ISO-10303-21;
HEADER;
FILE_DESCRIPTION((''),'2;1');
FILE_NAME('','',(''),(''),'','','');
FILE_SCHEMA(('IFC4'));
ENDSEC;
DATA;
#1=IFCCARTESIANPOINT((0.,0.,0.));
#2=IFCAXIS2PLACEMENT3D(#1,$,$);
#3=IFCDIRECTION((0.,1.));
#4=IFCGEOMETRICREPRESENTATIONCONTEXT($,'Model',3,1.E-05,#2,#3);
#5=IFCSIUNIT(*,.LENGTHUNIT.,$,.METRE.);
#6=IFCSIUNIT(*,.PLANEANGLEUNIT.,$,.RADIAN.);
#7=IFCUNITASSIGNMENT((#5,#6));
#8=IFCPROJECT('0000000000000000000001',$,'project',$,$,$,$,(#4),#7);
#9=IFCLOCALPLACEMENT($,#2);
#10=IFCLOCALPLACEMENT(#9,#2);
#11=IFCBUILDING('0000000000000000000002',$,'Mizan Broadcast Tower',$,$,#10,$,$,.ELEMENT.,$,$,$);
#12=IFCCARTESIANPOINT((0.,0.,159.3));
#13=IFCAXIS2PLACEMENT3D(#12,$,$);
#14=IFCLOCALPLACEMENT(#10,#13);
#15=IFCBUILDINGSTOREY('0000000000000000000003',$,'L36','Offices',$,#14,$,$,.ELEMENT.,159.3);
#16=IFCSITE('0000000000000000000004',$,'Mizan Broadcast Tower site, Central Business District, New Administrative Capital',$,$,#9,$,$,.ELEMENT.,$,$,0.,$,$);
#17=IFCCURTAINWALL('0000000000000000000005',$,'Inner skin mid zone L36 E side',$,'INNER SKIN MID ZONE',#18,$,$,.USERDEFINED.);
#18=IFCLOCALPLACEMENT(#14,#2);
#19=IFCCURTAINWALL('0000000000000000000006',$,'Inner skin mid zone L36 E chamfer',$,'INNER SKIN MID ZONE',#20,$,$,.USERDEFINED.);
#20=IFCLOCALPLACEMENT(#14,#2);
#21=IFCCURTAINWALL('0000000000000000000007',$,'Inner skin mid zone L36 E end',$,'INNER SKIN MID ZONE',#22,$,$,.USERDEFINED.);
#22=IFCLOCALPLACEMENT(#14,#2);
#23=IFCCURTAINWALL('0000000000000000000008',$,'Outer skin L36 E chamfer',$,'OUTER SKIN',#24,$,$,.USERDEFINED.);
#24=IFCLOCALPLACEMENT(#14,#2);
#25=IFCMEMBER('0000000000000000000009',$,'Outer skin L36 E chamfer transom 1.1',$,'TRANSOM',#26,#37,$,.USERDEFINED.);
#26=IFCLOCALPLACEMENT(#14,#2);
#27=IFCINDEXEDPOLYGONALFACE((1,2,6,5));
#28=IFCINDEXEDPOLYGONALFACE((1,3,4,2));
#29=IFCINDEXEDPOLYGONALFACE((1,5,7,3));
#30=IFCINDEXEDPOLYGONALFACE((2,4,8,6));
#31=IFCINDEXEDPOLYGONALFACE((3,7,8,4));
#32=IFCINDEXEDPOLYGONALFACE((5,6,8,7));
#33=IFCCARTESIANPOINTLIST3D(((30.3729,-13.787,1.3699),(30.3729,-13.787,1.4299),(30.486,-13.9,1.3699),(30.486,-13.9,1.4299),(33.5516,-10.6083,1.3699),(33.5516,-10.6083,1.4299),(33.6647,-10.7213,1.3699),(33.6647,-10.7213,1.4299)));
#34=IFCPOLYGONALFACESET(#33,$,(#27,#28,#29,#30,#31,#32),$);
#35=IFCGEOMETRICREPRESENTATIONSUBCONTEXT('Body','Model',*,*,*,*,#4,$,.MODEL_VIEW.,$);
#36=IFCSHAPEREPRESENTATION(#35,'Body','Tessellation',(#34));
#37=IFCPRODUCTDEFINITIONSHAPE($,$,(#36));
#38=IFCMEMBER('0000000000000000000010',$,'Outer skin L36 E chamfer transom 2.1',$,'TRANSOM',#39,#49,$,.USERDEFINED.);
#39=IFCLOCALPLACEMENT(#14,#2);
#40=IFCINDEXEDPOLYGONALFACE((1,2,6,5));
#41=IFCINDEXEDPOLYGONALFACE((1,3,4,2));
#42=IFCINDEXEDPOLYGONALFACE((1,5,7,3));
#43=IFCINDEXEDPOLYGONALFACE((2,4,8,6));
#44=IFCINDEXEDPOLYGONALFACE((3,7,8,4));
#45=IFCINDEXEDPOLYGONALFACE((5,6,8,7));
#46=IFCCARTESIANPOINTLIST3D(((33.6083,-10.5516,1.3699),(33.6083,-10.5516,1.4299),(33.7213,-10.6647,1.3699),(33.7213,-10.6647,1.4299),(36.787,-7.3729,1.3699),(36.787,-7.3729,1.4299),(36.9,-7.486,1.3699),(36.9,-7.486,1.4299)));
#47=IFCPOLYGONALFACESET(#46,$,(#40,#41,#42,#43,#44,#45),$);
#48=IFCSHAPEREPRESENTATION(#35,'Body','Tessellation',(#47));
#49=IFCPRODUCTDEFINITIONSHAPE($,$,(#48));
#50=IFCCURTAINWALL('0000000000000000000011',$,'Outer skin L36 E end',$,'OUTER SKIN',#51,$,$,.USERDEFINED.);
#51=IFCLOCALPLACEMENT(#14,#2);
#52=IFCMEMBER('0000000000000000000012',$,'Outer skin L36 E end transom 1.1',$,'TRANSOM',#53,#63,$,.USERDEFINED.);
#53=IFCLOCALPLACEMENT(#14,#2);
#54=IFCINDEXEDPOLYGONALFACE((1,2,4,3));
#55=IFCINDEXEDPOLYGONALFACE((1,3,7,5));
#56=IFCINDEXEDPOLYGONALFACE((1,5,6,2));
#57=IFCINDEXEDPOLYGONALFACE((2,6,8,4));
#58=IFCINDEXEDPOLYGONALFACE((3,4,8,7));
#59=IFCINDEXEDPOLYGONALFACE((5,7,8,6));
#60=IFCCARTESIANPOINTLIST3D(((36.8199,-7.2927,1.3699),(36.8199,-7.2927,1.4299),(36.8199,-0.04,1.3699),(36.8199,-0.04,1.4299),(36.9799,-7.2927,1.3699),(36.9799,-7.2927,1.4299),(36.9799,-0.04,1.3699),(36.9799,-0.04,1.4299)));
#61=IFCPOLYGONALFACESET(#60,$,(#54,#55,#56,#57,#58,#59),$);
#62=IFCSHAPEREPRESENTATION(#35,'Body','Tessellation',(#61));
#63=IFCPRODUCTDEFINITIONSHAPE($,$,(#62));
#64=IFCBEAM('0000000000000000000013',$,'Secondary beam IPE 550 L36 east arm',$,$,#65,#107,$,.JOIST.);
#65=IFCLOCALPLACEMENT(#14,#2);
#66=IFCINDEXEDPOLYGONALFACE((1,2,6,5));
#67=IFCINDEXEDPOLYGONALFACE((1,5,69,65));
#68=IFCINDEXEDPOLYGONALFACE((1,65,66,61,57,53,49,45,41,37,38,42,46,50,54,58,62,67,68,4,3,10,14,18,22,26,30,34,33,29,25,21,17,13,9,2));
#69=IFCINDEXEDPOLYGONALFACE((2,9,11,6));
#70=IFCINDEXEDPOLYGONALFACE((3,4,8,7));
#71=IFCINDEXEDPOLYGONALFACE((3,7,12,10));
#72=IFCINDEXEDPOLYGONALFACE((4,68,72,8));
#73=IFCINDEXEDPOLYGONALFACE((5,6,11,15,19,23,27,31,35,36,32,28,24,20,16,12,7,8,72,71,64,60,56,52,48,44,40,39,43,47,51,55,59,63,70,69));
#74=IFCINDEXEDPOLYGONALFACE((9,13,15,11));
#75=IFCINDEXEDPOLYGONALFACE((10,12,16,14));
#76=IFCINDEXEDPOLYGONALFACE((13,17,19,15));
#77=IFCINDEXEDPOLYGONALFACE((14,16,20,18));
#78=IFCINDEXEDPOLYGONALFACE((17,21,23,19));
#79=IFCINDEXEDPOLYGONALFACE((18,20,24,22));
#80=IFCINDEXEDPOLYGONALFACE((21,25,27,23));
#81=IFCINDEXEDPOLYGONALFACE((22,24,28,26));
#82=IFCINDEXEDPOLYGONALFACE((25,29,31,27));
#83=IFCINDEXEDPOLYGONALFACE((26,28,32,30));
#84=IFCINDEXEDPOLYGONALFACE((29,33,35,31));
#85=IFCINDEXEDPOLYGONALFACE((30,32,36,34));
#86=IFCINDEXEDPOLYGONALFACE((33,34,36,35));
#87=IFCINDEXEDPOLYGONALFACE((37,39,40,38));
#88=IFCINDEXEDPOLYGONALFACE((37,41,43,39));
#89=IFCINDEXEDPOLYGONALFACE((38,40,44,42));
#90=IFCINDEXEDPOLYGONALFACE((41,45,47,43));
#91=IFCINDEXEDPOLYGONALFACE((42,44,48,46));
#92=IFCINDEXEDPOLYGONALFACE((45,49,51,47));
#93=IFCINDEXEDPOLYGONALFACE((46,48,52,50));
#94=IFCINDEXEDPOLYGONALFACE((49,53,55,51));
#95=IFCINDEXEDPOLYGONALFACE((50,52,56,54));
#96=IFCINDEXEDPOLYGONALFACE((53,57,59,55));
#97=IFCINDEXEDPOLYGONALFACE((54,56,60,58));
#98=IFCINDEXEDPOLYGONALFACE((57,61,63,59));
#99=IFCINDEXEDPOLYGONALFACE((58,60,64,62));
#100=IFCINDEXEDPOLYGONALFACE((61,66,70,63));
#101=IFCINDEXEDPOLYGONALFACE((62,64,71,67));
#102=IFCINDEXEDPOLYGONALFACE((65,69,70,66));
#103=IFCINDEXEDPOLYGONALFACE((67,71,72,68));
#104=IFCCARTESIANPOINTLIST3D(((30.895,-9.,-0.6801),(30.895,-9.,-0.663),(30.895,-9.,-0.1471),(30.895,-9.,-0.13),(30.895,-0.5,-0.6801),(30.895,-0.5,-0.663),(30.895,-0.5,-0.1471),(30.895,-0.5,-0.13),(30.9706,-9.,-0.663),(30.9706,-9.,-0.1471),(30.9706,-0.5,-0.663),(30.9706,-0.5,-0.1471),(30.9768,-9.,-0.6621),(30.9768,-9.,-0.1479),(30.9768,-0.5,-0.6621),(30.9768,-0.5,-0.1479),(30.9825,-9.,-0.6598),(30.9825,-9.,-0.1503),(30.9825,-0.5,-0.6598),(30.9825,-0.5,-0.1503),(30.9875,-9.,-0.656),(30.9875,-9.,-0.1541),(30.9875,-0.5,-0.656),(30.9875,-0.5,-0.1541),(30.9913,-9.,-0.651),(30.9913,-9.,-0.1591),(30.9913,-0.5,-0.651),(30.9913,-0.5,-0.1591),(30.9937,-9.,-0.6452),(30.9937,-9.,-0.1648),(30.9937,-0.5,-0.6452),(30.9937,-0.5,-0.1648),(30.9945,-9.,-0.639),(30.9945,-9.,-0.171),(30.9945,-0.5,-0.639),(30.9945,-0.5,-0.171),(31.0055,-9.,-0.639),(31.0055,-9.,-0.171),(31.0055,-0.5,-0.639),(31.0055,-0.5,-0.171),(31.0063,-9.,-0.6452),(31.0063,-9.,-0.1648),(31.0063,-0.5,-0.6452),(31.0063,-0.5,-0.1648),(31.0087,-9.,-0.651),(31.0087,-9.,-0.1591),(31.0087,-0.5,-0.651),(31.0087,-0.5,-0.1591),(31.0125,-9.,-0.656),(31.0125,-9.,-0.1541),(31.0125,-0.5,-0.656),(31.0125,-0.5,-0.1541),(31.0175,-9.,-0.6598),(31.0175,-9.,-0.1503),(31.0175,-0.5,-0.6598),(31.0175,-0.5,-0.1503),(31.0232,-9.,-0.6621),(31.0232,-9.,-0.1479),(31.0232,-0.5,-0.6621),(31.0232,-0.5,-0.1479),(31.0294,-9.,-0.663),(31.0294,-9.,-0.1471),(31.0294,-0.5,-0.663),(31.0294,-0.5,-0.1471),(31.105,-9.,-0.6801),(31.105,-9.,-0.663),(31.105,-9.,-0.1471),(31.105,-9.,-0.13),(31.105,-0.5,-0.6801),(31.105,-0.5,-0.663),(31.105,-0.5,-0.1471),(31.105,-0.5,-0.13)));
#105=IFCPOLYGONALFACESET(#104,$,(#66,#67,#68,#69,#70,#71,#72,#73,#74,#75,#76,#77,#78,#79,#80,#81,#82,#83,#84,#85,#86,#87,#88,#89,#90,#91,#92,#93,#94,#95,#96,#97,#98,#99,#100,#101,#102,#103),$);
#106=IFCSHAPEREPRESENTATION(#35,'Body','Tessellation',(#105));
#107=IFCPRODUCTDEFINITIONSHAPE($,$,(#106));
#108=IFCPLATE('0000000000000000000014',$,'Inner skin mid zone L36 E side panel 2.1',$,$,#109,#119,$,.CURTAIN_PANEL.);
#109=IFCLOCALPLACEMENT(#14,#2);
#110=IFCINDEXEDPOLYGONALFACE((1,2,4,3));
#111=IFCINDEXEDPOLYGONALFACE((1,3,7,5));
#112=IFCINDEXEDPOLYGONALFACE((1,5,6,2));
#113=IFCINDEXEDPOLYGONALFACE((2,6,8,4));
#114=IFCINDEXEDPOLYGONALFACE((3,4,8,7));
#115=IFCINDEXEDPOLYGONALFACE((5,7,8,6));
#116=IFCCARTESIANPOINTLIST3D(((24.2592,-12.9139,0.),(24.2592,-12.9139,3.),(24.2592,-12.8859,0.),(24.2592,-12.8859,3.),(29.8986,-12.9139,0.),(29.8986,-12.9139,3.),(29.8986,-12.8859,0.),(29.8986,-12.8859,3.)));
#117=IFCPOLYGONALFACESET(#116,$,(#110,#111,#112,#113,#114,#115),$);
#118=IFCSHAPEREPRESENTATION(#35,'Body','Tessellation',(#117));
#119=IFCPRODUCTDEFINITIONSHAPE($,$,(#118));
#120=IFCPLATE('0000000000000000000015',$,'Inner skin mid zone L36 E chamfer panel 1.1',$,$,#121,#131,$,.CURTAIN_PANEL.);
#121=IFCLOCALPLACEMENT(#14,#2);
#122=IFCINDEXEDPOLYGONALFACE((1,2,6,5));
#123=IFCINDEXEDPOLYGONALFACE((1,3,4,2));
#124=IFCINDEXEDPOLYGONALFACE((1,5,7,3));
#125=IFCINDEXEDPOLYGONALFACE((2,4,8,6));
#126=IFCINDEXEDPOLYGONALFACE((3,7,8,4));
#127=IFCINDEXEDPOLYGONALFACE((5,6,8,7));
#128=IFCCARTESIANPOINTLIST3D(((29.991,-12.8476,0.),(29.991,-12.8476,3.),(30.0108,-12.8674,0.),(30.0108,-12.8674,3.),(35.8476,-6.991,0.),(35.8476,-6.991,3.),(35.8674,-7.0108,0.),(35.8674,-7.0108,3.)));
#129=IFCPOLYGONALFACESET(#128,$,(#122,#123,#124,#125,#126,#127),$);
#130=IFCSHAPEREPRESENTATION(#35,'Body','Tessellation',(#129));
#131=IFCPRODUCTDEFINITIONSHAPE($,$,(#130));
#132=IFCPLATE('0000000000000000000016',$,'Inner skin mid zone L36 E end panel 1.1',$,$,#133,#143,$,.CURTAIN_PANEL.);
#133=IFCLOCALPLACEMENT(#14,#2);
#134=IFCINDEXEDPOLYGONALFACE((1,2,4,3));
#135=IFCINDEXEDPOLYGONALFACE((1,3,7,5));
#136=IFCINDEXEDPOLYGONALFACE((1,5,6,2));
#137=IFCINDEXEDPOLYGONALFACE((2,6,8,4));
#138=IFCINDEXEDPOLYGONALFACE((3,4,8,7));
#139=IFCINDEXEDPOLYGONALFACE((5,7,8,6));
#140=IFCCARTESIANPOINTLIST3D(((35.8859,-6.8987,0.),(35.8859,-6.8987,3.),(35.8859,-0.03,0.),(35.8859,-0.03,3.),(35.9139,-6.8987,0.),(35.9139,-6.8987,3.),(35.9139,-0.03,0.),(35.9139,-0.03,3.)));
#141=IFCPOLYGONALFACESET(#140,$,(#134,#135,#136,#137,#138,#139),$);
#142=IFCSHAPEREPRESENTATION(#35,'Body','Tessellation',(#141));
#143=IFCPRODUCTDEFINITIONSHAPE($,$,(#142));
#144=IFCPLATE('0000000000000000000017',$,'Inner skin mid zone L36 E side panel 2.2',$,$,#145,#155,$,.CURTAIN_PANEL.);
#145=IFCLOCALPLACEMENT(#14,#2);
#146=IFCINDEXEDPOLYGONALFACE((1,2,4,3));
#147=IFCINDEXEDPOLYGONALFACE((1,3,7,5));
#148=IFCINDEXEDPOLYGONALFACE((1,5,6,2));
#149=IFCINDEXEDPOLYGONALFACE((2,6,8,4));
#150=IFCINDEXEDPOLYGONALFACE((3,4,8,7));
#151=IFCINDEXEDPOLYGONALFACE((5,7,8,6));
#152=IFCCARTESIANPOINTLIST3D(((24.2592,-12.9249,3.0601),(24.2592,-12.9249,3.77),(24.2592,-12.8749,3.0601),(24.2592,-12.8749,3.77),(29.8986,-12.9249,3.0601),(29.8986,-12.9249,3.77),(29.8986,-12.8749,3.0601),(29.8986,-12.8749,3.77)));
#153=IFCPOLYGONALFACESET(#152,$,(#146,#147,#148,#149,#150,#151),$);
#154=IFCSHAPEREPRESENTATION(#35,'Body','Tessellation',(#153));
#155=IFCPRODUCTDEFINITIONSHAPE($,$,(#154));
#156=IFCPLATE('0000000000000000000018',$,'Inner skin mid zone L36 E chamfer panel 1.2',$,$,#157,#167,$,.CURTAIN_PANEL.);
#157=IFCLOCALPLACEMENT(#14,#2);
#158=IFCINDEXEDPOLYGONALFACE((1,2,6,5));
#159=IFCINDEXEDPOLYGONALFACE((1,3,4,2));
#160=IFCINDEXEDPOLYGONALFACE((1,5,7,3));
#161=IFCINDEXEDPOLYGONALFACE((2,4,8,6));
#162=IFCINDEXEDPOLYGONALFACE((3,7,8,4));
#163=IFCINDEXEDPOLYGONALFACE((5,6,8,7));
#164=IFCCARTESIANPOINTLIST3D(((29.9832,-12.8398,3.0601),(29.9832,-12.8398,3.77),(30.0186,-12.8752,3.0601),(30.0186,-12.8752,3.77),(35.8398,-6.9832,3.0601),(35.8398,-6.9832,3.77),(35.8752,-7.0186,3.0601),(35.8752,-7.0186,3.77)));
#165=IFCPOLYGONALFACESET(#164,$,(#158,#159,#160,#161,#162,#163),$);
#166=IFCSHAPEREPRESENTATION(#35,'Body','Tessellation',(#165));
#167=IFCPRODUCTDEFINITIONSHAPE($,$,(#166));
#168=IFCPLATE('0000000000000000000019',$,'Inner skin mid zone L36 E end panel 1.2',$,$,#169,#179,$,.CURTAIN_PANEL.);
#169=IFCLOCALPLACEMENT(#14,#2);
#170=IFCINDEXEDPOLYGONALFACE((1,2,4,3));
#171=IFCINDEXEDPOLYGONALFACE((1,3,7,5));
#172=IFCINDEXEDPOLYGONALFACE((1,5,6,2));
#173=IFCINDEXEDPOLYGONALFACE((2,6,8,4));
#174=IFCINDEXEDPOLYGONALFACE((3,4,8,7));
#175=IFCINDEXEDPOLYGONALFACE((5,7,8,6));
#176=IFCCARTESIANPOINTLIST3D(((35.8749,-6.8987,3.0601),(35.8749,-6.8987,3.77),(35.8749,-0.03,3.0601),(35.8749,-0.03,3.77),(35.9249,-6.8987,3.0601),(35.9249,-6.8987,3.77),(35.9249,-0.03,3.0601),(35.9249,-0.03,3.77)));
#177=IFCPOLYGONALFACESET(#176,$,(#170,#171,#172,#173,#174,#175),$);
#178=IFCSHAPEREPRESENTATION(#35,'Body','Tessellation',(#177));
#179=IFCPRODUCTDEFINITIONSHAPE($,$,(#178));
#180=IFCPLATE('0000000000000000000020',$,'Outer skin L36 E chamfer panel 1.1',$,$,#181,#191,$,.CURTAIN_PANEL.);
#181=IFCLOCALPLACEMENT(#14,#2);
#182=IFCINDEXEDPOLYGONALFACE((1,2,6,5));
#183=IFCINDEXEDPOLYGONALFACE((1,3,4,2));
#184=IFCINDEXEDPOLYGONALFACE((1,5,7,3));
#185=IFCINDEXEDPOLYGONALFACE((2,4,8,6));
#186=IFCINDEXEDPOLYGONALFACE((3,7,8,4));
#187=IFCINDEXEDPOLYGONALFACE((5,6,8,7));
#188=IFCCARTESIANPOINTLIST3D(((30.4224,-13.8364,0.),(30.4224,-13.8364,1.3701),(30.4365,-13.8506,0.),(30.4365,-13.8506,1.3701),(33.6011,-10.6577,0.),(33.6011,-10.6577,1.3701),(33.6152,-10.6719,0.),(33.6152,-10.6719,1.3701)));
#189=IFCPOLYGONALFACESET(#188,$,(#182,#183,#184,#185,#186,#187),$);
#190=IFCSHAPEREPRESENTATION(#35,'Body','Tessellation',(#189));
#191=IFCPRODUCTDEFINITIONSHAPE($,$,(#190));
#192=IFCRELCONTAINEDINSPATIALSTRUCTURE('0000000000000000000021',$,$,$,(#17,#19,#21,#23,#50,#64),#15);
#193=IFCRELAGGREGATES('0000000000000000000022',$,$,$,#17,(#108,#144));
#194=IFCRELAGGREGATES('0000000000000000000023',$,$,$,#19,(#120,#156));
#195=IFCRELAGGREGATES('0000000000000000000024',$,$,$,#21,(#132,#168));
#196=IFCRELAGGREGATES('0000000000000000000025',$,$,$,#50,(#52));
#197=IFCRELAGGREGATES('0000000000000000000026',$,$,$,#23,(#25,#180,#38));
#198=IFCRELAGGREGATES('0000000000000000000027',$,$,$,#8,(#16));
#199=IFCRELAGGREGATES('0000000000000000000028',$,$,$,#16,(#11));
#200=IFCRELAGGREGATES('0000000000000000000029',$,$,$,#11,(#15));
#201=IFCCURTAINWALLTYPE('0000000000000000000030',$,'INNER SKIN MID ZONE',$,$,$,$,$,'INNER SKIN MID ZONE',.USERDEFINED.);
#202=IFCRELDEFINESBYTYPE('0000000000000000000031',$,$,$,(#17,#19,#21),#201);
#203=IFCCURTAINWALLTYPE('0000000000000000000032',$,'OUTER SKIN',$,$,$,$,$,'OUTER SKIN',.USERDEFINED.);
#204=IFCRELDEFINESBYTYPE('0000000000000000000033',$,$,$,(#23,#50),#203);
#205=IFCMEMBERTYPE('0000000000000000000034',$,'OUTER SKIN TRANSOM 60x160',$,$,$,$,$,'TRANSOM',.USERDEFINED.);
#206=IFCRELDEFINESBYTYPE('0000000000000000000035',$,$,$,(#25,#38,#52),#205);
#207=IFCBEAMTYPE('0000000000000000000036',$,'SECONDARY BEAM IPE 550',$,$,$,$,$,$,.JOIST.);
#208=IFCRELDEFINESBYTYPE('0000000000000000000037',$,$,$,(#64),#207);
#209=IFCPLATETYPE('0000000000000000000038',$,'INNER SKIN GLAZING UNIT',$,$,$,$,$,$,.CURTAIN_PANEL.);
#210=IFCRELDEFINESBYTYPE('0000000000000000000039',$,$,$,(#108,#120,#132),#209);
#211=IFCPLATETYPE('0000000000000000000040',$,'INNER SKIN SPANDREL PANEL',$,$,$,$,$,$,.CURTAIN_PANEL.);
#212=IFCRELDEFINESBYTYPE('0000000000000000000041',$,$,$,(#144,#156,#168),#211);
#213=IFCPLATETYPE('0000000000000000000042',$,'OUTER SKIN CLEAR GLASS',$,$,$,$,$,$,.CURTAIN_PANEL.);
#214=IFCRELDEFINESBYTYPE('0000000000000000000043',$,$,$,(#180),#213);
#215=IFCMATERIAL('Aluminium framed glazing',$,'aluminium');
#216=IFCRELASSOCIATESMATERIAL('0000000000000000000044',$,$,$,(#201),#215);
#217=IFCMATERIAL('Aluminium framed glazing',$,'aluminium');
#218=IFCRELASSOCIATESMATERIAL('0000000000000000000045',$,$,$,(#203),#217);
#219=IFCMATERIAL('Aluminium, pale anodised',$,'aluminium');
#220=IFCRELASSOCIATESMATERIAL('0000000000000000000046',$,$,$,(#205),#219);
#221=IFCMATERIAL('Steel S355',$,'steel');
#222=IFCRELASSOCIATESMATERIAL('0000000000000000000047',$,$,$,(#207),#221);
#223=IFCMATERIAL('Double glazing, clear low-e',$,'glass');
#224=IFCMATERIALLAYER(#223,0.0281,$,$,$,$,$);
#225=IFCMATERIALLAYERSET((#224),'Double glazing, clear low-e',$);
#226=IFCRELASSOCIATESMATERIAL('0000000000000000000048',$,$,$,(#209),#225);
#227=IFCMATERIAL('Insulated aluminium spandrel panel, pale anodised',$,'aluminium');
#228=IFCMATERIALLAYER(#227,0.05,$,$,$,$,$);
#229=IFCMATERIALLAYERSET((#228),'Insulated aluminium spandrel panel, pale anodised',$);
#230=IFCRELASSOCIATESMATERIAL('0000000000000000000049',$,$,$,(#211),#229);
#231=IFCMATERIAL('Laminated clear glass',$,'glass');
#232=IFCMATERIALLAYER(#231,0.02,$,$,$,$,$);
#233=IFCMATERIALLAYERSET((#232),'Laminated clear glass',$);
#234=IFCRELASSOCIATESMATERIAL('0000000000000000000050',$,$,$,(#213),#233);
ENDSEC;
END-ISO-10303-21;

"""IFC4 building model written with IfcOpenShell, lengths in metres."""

from ifc_helpers import new_model, si_unit, direction, frame, origin, origin_2d, place, context, subcontext, project, spatial, rectangle, i_section, extrude, material, layer, layer_set, material_profile, profile_set, type_object, element, aggregate, save


model = new_model("IFC4")

# Units and contexts
model_context = context("Model", 3, precision=1e-05, world=origin(), true_north=direction((0.0, 1.0)))
body_context = subcontext(model_context, "Body", "Model", "MODEL_VIEW")
ifc_project = project(units=[si_unit("LENGTHUNIT", "METRE"), si_unit("PLANEANGLEUNIT", "RADIAN")], contexts=[model_context])

# Site, building, storey
site_placement = place(None, origin())
site = spatial("IfcSite", under=ifc_project, at=site_placement, Name="Mizan Broadcast Tower site, Central Business District, New Administrative Capital", CompositionType="ELEMENT", RefElevation=0.0)
building_placement = place(site_placement, origin())
building = spatial("IfcBuilding", under=site, at=building_placement, Name="Mizan Broadcast Tower", CompositionType="ELEMENT")
storey_placement = place(building_placement, frame((0.0, 0.0, 159.3)))
storey = spatial("IfcBuildingStorey", under=building, at=storey_placement, Name="L36", Description="Offices", CompositionType="ELEMENT", Elevation=159.3)

# Curtain wall
ifc_material_1 = material(Name="Aluminium framed glazing", Category="aluminium")
curtain_wall_type_1 = type_object("IfcCurtainWallType", Name="INNER SKIN MID ZONE", ElementType="INNER SKIN MID ZONE", PredefinedType="USERDEFINED", material=ifc_material_1)
curtain_wall_1_placement = place(storey_placement, origin())
curtain_wall_1 = element("IfcCurtainWall", 1, at=curtain_wall_1_placement, inside=storey, type_object=curtain_wall_type_1, Name="Inner skin mid zone L36 E side", ObjectType="INNER SKIN MID ZONE", PredefinedType="USERDEFINED")

# Curtain wall
curtain_wall_2_placement = place(storey_placement, origin())
curtain_wall_2 = element("IfcCurtainWall", 2, at=curtain_wall_2_placement, inside=storey, type_object=curtain_wall_type_1, Name="Inner skin mid zone L36 E chamfer", ObjectType="INNER SKIN MID ZONE", PredefinedType="USERDEFINED")

# Curtain wall
curtain_wall_3_placement = place(storey_placement, origin())
curtain_wall_3 = element("IfcCurtainWall", 3, at=curtain_wall_3_placement, inside=storey, type_object=curtain_wall_type_1, Name="Inner skin mid zone L36 E end", ObjectType="INNER SKIN MID ZONE", PredefinedType="USERDEFINED")

# Curtain wall
ifc_material_2 = material(Name="Aluminium framed glazing", Category="aluminium")
curtain_wall_type_2 = type_object("IfcCurtainWallType", Name="OUTER SKIN", ElementType="OUTER SKIN", PredefinedType="USERDEFINED", material=ifc_material_2)
curtain_wall_4_placement = place(storey_placement, origin())
curtain_wall_4 = element("IfcCurtainWall", 4, at=curtain_wall_4_placement, inside=storey, type_object=curtain_wall_type_2, Name="Outer skin L36 E chamfer", ObjectType="OUTER SKIN", PredefinedType="USERDEFINED")

# Members
ifc_material_3 = material(Name="Aluminium, pale anodised", Category="aluminium")
ifc_material_profile_1 = material_profile(ifc_material_3, rectangle(XDim=0.1599, YDim=0.0601, at=origin_2d()), Name="TRANSOM 160x60")
ifc_profile_set_1 = profile_set([ifc_material_profile_1], Name="Aluminium, pale anodised")
member_type_1 = type_object("IfcMemberType", Name="OUTER SKIN TRANSOM 60x160", ElementType="TRANSOM", PredefinedType="USERDEFINED", material=ifc_profile_set_1)
member_1_placement = place(storey_placement, frame((30.4294, -13.8435, 1.3999), z_axis=(0.707107, 0.707107, 0.0), x_axis=(-0.707107, 0.707107, 0.0)))
member_1 = element("IfcMember", 5, at=member_1_placement, type_object=member_type_1, Name="Outer skin L36 E chamfer transom 1.1", ObjectType="TRANSOM", PredefinedType="USERDEFINED", context=body_context, shape_type="SweptSolid", body=[
    extrude(rectangle(XDim=0.1599, YDim=0.0601, at=origin_2d()), origin(), (0.0, 0.0, 1.0), 4.4954),
])
member_2_placement = place(storey_placement, frame((33.6648, -10.6082, 1.3999), z_axis=(0.707107, 0.707107, 0.0), x_axis=(-0.707107, 0.707107, 0.0)))
member_2 = element("IfcMember", 6, at=member_2_placement, type_object=member_type_1, Name="Outer skin L36 E chamfer transom 2.1", ObjectType="TRANSOM", PredefinedType="USERDEFINED", context=body_context, shape_type="SweptSolid", body=[
    extrude(rectangle(XDim=0.1599, YDim=0.0601, at=origin_2d()), origin(), (0.0, 0.0, 1.0), 4.4954),
])

# Curtain wall, member
curtain_wall_5_placement = place(storey_placement, origin())
curtain_wall_5 = element("IfcCurtainWall", 7, at=curtain_wall_5_placement, inside=storey, type_object=curtain_wall_type_2, Name="Outer skin L36 E end", ObjectType="OUTER SKIN", PredefinedType="USERDEFINED")
member_3_placement = place(storey_placement, frame((36.8999, -7.2927, 1.3999), z_axis=(0.0, 1.0, 0.0), x_axis=(-1.0, 0.0, 0.0)))
member_3 = element("IfcMember", 8, at=member_3_placement, type_object=member_type_1, Name="Outer skin L36 E end transom 1.1", ObjectType="TRANSOM", PredefinedType="USERDEFINED", context=body_context, shape_type="SweptSolid", body=[
    extrude(rectangle(XDim=0.1599, YDim=0.0601, at=origin_2d()), origin(), (0.0, 0.0, 1.0), 7.2527),
])

# Beam
ifc_material_4 = material(Name="Steel S355", Category="steel")
ifc_material_profile_2 = material_profile(ifc_material_4, i_section(OverallWidth=0.21, OverallDepth=0.55, WebThickness=0.011, FlangeThickness=0.0171, FilletRadius=0.0239, at=origin_2d()), Name="IPE 550")
ifc_profile_set_2 = profile_set([ifc_material_profile_2], Name="Steel S355")
beam_type_1 = type_object("IfcBeamType", Name="SECONDARY BEAM IPE 550", PredefinedType="JOIST", material=ifc_profile_set_2)
beam_1_placement = place(storey_placement, frame((31.0, -9.0, -0.405), z_axis=(0.0, 1.0, 0.0), x_axis=(-1.0, 0.0, 0.0)))
element("IfcBeam", 9, at=beam_1_placement, inside=storey, type_object=beam_type_1, Name="Secondary beam IPE 550 L36 east arm", PredefinedType="JOIST", context=body_context, shape_type="SweptSolid", body=[
    extrude(i_section(OverallWidth=0.21, OverallDepth=0.55, WebThickness=0.011, FlangeThickness=0.0171, FilletRadius=0.0239, at=origin_2d()), origin(), (0.0, 0.0, 1.0), 8.5),
])

# Plates
ifc_material_5 = material(Name="Double glazing, clear low-e", Category="glass")
ifc_layer_1 = layer(ifc_material_5, 0.0281)
ifc_layer_set_1 = layer_set([ifc_layer_1], Name="Double glazing, clear low-e")
plate_type_1 = type_object("IfcPlateType", Name="INNER SKIN GLAZING UNIT", PredefinedType="CURTAIN_PANEL", material=ifc_layer_set_1)
plate_1_placement = place(storey_placement, frame((27.0789, -12.8999, 0.0), z_axis=(0.0, 0.0, 1.0), x_axis=(1.0, 0.0, 0.0)))
plate_1 = element("IfcPlate", 10, at=plate_1_placement, type_object=plate_type_1, Name="Inner skin mid zone L36 E side panel 2.1", PredefinedType="CURTAIN_PANEL", context=body_context, shape_type="SweptSolid", body=[
    extrude(rectangle(XDim=5.6394, YDim=0.0281, at=origin_2d()), origin(), (0.0, 0.0, 1.0), 3.0),
])
plate_2_placement = place(storey_placement, frame((32.9292, -9.9292, 0.0), z_axis=(0.0, 0.0, 1.0), x_axis=(0.707107, 0.707107, 0.0)))
plate_2 = element("IfcPlate", 11, at=plate_2_placement, type_object=plate_type_1, Name="Inner skin mid zone L36 E chamfer panel 1.1", PredefinedType="CURTAIN_PANEL", context=body_context, shape_type="SweptSolid", body=[
    extrude(rectangle(XDim=8.2825, YDim=0.0281, at=origin_2d()), origin(), (0.0, 0.0, 1.0), 3.0),
])
plate_3_placement = place(storey_placement, frame((35.8999, -3.4644, 0.0), z_axis=(0.0, 0.0, 1.0), x_axis=(0.0, 1.0, 0.0)))
plate_3 = element("IfcPlate", 12, at=plate_3_placement, type_object=plate_type_1, Name="Inner skin mid zone L36 E end panel 1.1", PredefinedType="CURTAIN_PANEL", context=body_context, shape_type="SweptSolid", body=[
    extrude(rectangle(XDim=6.8687, YDim=0.0281, at=origin_2d()), origin(), (0.0, 0.0, 1.0), 3.0),
])
ifc_material_6 = material(Name="Insulated aluminium spandrel panel, pale anodised", Category="aluminium")
ifc_layer_2 = layer(ifc_material_6, 0.05)
ifc_layer_set_2 = layer_set([ifc_layer_2], Name="Insulated aluminium spandrel panel, pale anodised")
plate_type_2 = type_object("IfcPlateType", Name="INNER SKIN SPANDREL PANEL", PredefinedType="CURTAIN_PANEL", material=ifc_layer_set_2)
plate_4_placement = place(storey_placement, frame((27.0789, -12.8999, 3.0601), z_axis=(0.0, 0.0, 1.0), x_axis=(1.0, 0.0, 0.0)))
plate_4 = element("IfcPlate", 13, at=plate_4_placement, type_object=plate_type_2, Name="Inner skin mid zone L36 E side panel 2.2", PredefinedType="CURTAIN_PANEL", context=body_context, shape_type="SweptSolid", body=[
    extrude(rectangle(XDim=5.6394, YDim=0.05, at=origin_2d()), origin(), (0.0, 0.0, 1.0), 0.71),
])
aggregate(curtain_wall_1, [plate_1, plate_4])
plate_5_placement = place(storey_placement, frame((32.9292, -9.9292, 3.0601), z_axis=(0.0, 0.0, 1.0), x_axis=(0.707107, 0.707107, 0.0)))
plate_5 = element("IfcPlate", 14, at=plate_5_placement, type_object=plate_type_2, Name="Inner skin mid zone L36 E chamfer panel 1.2", PredefinedType="CURTAIN_PANEL", context=body_context, shape_type="SweptSolid", body=[
    extrude(rectangle(XDim=8.2825, YDim=0.05, at=origin_2d()), origin(), (0.0, 0.0, 1.0), 0.71),
])
aggregate(curtain_wall_2, [plate_2, plate_5])
plate_6_placement = place(storey_placement, frame((35.8999, -3.4644, 3.0601), z_axis=(0.0, 0.0, 1.0), x_axis=(0.0, 1.0, 0.0)))
plate_6 = element("IfcPlate", 15, at=plate_6_placement, type_object=plate_type_2, Name="Inner skin mid zone L36 E end panel 1.2", PredefinedType="CURTAIN_PANEL", context=body_context, shape_type="SweptSolid", body=[
    extrude(rectangle(XDim=6.8687, YDim=0.05, at=origin_2d()), origin(), (0.0, 0.0, 1.0), 0.71),
])
aggregate(curtain_wall_3, [plate_3, plate_6])
ifc_material_7 = material(Name="Laminated clear glass", Category="glass")
ifc_layer_3 = layer(ifc_material_7, 0.02)
ifc_layer_set_3 = layer_set([ifc_layer_3], Name="Laminated clear glass")
plate_type_3 = type_object("IfcPlateType", Name="OUTER SKIN CLEAR GLASS", PredefinedType="CURTAIN_PANEL", material=ifc_layer_set_3)
plate_7_placement = place(storey_placement, frame((32.0188, -12.2542, 0.0), z_axis=(0.0, 0.0, 1.0), x_axis=(0.707107, 0.707107, 0.0)))
plate_7 = element("IfcPlate", 16, at=plate_7_placement, type_object=plate_type_3, Name="Outer skin L36 E chamfer panel 1.1", PredefinedType="CURTAIN_PANEL", context=body_context, shape_type="SweptSolid", body=[
    extrude(rectangle(XDim=4.4954, YDim=0.02, at=origin_2d()), origin(), (0.0, 0.0, 1.0), 1.3701),
])
aggregate(curtain_wall_5, [member_3])
aggregate(curtain_wall_4, [member_1, plate_7, member_2])

save(model, "model.ifc")
